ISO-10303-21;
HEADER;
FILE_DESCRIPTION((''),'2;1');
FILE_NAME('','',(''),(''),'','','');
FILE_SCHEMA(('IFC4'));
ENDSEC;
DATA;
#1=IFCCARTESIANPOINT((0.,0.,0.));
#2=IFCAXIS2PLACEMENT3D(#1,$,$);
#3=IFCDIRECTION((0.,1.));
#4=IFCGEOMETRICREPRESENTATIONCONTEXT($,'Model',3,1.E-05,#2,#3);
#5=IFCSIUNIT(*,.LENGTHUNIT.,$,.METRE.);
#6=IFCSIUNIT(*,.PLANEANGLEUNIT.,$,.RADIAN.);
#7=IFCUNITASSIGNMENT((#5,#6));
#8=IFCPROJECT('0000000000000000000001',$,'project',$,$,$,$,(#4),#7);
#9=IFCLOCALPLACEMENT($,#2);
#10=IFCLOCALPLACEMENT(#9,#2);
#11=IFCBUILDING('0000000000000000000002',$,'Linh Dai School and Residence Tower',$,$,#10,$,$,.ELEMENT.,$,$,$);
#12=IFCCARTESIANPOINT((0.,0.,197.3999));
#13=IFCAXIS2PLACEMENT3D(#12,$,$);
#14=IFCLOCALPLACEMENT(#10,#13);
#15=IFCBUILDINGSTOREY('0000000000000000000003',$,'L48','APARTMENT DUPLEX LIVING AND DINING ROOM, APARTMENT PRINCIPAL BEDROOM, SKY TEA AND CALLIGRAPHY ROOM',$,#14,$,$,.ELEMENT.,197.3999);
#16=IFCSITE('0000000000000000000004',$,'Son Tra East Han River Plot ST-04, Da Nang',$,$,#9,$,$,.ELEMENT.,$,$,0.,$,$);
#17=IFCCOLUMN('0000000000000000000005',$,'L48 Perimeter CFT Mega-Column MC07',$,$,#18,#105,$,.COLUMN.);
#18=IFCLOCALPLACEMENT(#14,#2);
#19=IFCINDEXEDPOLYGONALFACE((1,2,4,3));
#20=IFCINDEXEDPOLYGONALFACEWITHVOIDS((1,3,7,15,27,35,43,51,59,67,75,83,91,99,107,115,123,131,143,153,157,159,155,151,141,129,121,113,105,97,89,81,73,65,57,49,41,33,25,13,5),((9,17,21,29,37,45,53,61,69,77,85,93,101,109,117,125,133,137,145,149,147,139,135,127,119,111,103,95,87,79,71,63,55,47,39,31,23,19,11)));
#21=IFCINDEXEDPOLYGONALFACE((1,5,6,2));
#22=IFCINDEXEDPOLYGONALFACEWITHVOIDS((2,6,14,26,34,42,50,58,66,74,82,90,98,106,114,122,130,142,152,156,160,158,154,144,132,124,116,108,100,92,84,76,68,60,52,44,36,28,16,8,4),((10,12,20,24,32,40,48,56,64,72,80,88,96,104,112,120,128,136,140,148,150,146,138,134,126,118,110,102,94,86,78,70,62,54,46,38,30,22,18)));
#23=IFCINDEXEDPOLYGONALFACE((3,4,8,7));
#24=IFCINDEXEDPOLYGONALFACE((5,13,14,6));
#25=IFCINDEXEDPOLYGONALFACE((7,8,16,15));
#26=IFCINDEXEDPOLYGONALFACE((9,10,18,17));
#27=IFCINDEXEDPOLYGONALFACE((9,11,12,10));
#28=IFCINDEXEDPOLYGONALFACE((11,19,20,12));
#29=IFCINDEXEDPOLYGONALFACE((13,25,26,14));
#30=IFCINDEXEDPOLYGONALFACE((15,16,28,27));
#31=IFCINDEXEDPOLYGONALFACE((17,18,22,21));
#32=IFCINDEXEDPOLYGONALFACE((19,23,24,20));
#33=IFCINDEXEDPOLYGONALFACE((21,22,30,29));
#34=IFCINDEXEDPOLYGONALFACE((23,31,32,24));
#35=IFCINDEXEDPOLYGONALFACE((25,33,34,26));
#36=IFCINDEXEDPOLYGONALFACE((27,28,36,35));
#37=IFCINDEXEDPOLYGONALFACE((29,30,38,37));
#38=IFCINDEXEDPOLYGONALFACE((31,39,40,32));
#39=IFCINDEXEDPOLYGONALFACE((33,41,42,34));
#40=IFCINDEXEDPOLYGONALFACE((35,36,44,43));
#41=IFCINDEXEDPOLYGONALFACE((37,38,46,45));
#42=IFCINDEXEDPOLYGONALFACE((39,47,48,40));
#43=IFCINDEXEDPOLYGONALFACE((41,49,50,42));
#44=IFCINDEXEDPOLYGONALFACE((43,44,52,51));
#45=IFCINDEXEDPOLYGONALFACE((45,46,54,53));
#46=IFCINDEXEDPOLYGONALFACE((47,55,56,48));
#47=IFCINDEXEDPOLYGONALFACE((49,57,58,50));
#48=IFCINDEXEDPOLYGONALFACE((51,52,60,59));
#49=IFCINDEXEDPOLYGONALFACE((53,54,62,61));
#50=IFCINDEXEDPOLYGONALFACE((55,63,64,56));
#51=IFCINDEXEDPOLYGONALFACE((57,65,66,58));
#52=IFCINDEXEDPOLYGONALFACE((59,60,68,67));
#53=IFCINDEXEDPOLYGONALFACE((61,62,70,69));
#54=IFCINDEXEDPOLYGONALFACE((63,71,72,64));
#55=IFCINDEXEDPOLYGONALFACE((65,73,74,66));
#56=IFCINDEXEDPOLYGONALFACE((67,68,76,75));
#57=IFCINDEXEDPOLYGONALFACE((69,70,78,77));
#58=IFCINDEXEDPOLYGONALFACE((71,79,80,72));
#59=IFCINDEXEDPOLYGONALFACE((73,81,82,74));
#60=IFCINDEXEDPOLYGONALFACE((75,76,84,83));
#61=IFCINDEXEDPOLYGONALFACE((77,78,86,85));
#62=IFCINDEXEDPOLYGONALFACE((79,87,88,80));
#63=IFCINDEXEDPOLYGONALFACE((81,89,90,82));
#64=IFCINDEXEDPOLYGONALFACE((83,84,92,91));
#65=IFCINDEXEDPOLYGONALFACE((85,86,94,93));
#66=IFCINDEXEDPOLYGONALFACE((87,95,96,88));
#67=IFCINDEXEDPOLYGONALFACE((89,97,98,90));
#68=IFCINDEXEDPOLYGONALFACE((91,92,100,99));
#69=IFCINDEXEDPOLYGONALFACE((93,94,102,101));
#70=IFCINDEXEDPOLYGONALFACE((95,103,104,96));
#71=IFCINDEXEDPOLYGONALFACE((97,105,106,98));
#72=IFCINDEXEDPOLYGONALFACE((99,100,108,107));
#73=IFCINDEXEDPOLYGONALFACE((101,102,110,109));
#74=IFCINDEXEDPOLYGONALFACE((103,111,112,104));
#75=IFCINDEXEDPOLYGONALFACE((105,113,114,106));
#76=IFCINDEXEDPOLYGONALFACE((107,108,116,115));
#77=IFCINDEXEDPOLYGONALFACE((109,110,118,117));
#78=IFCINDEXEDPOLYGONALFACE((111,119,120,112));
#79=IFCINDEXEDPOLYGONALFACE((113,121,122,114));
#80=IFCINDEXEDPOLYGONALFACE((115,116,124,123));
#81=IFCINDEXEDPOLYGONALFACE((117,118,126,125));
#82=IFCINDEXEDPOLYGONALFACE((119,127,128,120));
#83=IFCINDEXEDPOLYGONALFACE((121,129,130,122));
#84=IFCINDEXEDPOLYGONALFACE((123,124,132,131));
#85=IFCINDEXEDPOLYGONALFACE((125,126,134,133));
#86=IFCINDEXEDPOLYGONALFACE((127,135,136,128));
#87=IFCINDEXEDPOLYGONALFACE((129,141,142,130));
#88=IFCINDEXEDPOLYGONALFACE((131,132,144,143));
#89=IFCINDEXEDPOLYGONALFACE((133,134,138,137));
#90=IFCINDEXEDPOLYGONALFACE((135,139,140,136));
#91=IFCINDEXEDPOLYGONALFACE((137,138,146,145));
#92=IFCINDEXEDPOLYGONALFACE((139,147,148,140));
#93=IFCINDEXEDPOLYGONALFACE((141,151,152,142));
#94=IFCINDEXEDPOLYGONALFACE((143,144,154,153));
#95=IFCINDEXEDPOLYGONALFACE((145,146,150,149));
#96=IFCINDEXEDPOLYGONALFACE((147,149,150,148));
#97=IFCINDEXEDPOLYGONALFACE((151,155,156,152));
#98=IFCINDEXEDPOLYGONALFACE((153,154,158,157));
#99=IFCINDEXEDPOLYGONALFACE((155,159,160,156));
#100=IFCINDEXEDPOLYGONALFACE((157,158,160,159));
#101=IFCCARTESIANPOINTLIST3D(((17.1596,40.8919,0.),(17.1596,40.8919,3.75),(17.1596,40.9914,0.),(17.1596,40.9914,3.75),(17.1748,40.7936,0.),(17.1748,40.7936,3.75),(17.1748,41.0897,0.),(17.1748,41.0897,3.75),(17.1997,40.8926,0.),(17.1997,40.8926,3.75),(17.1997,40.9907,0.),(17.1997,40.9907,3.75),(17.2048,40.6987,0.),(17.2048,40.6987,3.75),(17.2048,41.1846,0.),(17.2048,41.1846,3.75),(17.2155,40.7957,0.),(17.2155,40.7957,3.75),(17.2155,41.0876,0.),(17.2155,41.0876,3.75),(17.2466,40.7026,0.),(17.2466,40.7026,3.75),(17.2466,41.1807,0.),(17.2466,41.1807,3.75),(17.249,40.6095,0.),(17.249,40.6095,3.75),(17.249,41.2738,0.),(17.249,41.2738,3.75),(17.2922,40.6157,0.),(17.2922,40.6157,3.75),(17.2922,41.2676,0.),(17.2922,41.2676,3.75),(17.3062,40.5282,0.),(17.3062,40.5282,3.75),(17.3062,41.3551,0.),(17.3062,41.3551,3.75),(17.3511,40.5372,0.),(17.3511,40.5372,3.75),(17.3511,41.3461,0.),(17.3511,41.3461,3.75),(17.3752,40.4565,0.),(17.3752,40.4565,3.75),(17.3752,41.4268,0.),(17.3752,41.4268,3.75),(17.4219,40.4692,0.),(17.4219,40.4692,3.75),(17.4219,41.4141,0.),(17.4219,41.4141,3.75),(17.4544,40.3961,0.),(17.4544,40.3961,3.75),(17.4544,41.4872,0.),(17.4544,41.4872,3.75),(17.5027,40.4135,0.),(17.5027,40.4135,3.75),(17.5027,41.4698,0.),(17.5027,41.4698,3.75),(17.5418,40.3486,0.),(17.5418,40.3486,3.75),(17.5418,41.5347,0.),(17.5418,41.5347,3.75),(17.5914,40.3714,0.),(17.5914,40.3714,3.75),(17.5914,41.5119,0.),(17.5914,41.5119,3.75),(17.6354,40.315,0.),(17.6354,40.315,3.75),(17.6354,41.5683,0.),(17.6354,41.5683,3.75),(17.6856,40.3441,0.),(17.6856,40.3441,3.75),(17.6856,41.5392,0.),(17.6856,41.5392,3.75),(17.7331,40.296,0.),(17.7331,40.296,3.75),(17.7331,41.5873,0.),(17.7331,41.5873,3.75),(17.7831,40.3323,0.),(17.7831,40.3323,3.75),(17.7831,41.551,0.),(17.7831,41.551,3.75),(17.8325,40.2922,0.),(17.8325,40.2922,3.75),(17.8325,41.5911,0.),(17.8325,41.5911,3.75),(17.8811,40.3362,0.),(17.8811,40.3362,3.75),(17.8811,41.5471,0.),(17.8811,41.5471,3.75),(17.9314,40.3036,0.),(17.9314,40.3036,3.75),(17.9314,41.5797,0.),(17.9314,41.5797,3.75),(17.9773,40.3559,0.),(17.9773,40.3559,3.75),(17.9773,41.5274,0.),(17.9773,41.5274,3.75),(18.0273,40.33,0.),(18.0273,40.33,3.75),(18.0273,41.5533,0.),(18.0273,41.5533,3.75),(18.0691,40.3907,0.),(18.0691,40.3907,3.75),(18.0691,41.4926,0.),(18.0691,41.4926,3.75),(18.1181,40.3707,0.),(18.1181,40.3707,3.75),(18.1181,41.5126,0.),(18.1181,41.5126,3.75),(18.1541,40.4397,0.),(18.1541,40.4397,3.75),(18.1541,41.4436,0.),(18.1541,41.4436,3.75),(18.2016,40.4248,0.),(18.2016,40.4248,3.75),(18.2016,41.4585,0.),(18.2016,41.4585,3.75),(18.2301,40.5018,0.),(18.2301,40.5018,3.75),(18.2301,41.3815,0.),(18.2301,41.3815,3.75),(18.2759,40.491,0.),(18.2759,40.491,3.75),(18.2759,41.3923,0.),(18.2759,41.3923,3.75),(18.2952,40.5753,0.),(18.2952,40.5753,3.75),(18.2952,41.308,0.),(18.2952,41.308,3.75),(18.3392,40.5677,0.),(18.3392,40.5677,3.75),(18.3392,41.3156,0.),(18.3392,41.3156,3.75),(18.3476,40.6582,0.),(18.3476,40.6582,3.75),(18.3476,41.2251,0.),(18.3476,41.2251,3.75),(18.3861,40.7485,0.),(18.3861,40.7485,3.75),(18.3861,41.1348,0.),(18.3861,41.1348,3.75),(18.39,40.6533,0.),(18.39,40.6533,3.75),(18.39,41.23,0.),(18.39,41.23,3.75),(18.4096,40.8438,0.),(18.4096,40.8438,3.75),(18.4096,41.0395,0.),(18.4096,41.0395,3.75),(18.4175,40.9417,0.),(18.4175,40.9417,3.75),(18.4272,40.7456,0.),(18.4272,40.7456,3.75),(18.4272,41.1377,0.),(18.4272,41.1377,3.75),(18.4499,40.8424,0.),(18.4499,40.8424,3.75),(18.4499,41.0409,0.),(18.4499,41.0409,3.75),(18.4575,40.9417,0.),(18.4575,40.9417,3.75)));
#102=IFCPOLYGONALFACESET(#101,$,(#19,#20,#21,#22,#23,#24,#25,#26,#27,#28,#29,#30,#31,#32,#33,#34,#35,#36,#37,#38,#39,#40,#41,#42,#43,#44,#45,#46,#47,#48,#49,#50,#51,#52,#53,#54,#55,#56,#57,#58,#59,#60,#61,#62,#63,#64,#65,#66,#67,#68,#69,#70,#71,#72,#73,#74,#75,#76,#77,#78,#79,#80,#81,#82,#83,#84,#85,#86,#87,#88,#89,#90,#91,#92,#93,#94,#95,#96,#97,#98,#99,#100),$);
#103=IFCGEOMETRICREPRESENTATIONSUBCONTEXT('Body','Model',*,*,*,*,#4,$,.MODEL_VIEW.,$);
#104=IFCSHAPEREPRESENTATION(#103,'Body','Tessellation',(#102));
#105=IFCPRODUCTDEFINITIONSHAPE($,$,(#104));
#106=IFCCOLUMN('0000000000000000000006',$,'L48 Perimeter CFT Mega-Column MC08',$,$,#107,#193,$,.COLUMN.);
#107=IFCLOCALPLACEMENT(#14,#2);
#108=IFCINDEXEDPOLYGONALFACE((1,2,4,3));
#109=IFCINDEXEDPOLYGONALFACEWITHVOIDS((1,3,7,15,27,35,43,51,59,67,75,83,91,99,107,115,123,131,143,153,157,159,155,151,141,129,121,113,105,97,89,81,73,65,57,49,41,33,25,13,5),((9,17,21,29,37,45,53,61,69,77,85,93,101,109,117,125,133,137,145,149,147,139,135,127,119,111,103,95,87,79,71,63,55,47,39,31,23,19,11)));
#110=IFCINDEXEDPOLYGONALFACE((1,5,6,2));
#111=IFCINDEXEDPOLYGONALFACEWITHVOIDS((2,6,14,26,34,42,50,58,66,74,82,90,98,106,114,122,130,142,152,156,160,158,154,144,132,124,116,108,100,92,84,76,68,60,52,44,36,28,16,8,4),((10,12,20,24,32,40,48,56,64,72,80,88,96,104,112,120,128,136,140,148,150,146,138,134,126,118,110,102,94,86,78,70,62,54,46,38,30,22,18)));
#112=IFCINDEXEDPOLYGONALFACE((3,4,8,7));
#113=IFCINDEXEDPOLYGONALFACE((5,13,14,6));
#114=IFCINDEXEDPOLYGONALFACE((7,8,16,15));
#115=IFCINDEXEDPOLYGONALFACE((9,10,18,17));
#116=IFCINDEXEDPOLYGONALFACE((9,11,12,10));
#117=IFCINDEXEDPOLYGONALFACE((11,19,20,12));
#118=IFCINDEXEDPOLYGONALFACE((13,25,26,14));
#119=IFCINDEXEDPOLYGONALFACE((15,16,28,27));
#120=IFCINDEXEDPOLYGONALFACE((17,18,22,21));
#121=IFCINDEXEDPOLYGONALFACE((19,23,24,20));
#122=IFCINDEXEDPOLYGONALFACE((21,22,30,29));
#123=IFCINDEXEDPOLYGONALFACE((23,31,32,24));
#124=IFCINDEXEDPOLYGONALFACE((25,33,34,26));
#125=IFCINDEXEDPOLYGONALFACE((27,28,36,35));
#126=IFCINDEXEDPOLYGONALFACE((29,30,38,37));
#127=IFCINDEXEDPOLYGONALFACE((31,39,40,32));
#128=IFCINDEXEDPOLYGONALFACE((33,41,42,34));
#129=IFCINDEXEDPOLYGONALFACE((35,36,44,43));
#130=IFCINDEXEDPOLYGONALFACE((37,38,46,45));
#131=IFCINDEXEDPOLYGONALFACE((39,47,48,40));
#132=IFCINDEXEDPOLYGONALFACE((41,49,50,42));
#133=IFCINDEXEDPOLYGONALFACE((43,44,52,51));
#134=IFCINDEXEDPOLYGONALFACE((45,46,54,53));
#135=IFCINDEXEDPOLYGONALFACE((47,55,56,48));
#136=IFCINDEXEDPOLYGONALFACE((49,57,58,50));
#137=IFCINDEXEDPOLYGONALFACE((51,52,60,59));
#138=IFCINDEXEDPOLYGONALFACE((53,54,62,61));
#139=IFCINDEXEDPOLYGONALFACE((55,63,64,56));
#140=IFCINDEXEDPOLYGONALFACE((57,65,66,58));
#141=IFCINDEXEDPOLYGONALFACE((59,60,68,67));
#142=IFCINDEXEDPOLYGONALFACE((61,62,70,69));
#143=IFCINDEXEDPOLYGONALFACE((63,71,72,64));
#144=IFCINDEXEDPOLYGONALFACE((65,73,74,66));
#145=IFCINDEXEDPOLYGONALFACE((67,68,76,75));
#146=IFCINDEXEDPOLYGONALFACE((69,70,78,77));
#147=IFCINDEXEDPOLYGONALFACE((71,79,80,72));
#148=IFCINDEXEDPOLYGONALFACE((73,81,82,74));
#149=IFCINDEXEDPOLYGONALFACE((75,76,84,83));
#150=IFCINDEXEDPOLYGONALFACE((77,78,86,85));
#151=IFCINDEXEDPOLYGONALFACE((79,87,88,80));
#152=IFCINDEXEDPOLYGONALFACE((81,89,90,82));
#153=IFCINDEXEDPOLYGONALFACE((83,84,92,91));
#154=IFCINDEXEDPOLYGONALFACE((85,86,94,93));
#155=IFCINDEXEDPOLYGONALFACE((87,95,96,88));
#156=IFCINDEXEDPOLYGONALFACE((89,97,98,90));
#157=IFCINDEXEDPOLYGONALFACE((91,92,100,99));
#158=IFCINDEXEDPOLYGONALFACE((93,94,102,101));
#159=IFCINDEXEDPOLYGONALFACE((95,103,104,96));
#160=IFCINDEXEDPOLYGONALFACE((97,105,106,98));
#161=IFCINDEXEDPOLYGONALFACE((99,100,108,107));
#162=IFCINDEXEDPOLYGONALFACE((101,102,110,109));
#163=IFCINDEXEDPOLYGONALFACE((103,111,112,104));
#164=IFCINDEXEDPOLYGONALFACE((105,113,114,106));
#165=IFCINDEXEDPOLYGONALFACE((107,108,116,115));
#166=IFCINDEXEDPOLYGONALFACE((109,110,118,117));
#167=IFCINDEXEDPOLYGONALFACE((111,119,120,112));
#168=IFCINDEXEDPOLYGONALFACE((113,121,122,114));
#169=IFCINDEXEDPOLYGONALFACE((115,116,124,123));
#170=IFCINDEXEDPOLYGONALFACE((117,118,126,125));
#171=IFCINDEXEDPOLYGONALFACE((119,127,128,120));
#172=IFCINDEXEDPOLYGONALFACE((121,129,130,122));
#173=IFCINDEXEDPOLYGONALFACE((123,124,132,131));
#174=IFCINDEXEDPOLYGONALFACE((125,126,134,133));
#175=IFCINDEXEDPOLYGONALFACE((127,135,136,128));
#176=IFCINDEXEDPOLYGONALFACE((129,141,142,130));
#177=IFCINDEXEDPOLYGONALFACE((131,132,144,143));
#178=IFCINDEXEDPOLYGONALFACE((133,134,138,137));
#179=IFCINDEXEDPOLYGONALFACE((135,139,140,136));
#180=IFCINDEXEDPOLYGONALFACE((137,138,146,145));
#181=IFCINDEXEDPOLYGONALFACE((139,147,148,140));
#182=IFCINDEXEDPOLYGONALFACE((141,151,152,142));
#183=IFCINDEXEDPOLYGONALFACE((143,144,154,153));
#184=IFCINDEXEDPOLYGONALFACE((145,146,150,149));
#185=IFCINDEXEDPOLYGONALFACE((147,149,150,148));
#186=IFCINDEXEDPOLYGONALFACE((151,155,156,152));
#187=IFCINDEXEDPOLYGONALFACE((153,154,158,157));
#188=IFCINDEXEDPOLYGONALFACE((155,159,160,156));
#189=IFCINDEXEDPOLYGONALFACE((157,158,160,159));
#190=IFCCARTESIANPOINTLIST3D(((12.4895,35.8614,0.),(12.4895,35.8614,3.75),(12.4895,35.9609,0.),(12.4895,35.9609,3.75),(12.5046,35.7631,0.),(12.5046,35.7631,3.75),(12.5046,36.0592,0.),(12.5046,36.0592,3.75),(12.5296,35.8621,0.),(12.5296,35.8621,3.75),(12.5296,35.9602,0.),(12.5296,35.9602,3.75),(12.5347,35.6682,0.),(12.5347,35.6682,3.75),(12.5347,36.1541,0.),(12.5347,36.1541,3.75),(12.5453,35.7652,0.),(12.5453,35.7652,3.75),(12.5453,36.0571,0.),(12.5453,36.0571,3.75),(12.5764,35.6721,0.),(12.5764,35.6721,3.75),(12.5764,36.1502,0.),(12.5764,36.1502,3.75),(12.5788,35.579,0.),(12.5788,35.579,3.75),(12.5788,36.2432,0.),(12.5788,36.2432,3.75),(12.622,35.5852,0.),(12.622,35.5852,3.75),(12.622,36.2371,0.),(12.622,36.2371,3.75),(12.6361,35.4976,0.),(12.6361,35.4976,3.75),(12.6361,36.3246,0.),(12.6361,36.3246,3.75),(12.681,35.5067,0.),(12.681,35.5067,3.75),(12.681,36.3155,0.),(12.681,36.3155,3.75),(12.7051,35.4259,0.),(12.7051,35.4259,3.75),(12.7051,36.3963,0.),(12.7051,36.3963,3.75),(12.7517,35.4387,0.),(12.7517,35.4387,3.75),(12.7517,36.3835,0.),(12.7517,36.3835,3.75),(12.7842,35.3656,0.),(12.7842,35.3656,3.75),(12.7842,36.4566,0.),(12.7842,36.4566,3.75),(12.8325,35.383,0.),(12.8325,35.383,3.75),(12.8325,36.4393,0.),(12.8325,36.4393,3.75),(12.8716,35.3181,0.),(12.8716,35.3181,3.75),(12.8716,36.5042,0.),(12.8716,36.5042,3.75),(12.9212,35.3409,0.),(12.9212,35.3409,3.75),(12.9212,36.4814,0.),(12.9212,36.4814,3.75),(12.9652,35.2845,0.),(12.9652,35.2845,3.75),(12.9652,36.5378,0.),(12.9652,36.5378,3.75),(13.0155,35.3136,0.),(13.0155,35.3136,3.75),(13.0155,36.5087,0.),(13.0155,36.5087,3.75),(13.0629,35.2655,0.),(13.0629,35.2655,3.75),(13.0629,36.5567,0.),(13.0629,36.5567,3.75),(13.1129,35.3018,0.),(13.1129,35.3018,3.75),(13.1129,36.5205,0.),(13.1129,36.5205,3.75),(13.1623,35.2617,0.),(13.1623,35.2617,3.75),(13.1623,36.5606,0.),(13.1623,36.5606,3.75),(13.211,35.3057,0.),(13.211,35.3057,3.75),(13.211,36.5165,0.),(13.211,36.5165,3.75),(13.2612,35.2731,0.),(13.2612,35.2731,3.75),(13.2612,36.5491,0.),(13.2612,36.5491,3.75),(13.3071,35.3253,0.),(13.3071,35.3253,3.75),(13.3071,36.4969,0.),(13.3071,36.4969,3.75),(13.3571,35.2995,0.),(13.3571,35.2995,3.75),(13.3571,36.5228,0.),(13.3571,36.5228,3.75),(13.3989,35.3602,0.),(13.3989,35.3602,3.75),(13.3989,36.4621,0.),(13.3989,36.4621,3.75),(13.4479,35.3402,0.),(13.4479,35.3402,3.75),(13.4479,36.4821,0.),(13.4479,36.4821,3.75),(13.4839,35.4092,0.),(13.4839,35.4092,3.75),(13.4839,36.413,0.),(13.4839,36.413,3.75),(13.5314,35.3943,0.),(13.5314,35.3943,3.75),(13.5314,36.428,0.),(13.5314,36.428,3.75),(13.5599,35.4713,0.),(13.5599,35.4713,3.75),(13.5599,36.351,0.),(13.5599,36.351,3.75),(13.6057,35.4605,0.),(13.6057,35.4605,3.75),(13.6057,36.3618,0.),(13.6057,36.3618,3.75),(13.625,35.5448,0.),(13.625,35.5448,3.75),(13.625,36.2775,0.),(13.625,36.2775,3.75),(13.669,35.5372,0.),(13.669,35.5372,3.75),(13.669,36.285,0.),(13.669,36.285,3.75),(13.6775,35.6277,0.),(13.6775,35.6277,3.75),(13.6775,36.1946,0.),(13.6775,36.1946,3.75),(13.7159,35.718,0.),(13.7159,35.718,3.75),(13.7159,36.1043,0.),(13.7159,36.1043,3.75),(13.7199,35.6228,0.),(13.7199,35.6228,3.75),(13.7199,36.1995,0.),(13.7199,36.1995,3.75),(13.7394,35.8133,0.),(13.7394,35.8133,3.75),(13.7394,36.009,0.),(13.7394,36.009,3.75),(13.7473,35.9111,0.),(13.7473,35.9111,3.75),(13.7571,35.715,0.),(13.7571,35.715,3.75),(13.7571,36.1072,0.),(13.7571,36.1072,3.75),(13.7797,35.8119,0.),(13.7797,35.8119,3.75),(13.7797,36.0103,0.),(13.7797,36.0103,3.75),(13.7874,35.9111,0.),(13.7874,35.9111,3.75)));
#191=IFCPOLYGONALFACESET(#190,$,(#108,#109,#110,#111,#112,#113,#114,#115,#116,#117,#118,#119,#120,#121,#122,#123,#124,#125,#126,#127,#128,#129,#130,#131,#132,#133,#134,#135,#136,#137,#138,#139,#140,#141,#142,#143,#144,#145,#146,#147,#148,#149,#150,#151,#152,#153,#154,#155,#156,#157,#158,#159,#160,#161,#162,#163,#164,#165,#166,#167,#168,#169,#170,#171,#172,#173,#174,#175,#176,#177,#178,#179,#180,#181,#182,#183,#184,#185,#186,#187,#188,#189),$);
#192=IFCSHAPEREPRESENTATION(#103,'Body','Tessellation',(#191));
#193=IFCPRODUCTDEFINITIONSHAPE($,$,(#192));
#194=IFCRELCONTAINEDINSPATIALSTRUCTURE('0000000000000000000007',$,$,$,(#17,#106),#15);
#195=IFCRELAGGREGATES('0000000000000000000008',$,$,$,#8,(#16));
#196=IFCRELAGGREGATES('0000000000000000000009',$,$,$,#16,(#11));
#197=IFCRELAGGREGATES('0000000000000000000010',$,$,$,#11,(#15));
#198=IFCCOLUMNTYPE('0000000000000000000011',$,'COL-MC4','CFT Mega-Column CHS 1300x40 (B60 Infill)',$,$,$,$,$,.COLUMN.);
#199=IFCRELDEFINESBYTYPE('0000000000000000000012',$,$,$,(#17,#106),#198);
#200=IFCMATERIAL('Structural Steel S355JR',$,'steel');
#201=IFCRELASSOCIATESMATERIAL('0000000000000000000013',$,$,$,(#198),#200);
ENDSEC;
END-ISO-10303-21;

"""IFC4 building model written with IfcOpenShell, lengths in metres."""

from ifc_helpers import new_model, si_unit, direction, frame, origin, origin_2d, place, context, subcontext, project, spatial, hollow_circle, extrude, material, material_profile, profile_set, type_object, element, save


model = new_model("IFC4")

# Units and contexts
model_context = context("Model", 3, precision=1e-05, world=origin(), true_north=direction((0.0, 1.0)))
body_context = subcontext(model_context, "Body", "Model", "MODEL_VIEW")
ifc_project = project(units=[si_unit("LENGTHUNIT", "METRE"), si_unit("PLANEANGLEUNIT", "RADIAN")], contexts=[model_context])

# Site, building, storey
site_placement = place(None, origin())
site = spatial("IfcSite", under=ifc_project, at=site_placement, Name="Son Tra East Han River Plot ST-04, Da Nang", CompositionType="ELEMENT", RefElevation=0.0)
building_placement = place(site_placement, origin())
building = spatial("IfcBuilding", under=site, at=building_placement, Name="Linh Dai School and Residence Tower", CompositionType="ELEMENT")
storey_placement = place(building_placement, frame((0.0, 0.0, 197.3999)))
storey = spatial("IfcBuildingStorey", under=building, at=storey_placement, Name="L48", Description="APARTMENT DUPLEX LIVING AND DINING ROOM, APARTMENT PRINCIPAL BEDROOM, SKY TEA AND CALLIGRAPHY ROOM", CompositionType="ELEMENT", Elevation=197.3999)

# Columns
ifc_material_1 = material(Name="Structural Steel S355JR", Category="steel")
ifc_material_profile_1 = material_profile(ifc_material_1, hollow_circle(Radius=0.6499, WallThickness=0.04, at=origin_2d()), Name="CHS 1300x40")
ifc_profile_set_1 = profile_set([ifc_material_profile_1], Name="Structural Steel S355JR")
column_type = type_object("IfcColumnType", Name="COL-MC4", Description="CFT Mega-Column CHS 1300x40 (B60 Infill)", PredefinedType="COLUMN", material=ifc_profile_set_1)
for number, where, z_axis, x_axis, name in (
    (1, (17.8076, 40.9417, 0.0), (0.0, 0.0, 1.0), (1.0, 0.0, 0.0), "L48 Perimeter CFT Mega-Column MC07"),
    (2, (13.1375, 35.9111, 0.0), (0.0, 0.0, 1.0), (1.0, 0.0, 0.0), "L48 Perimeter CFT Mega-Column MC08"),
):
    element("IfcColumn", number, at=place(storey_placement, frame(where, z_axis=z_axis, x_axis=x_axis)), inside=storey, type_object=column_type, Name=name, PredefinedType="COLUMN", context=body_context, shape_type="SweptSolid", body=[
        extrude(hollow_circle(Radius=0.6499, WallThickness=0.04, at=origin_2d()), origin(), (0.0, 0.0, 1.0), 3.75),
    ])

save(model, "model.ifc")
